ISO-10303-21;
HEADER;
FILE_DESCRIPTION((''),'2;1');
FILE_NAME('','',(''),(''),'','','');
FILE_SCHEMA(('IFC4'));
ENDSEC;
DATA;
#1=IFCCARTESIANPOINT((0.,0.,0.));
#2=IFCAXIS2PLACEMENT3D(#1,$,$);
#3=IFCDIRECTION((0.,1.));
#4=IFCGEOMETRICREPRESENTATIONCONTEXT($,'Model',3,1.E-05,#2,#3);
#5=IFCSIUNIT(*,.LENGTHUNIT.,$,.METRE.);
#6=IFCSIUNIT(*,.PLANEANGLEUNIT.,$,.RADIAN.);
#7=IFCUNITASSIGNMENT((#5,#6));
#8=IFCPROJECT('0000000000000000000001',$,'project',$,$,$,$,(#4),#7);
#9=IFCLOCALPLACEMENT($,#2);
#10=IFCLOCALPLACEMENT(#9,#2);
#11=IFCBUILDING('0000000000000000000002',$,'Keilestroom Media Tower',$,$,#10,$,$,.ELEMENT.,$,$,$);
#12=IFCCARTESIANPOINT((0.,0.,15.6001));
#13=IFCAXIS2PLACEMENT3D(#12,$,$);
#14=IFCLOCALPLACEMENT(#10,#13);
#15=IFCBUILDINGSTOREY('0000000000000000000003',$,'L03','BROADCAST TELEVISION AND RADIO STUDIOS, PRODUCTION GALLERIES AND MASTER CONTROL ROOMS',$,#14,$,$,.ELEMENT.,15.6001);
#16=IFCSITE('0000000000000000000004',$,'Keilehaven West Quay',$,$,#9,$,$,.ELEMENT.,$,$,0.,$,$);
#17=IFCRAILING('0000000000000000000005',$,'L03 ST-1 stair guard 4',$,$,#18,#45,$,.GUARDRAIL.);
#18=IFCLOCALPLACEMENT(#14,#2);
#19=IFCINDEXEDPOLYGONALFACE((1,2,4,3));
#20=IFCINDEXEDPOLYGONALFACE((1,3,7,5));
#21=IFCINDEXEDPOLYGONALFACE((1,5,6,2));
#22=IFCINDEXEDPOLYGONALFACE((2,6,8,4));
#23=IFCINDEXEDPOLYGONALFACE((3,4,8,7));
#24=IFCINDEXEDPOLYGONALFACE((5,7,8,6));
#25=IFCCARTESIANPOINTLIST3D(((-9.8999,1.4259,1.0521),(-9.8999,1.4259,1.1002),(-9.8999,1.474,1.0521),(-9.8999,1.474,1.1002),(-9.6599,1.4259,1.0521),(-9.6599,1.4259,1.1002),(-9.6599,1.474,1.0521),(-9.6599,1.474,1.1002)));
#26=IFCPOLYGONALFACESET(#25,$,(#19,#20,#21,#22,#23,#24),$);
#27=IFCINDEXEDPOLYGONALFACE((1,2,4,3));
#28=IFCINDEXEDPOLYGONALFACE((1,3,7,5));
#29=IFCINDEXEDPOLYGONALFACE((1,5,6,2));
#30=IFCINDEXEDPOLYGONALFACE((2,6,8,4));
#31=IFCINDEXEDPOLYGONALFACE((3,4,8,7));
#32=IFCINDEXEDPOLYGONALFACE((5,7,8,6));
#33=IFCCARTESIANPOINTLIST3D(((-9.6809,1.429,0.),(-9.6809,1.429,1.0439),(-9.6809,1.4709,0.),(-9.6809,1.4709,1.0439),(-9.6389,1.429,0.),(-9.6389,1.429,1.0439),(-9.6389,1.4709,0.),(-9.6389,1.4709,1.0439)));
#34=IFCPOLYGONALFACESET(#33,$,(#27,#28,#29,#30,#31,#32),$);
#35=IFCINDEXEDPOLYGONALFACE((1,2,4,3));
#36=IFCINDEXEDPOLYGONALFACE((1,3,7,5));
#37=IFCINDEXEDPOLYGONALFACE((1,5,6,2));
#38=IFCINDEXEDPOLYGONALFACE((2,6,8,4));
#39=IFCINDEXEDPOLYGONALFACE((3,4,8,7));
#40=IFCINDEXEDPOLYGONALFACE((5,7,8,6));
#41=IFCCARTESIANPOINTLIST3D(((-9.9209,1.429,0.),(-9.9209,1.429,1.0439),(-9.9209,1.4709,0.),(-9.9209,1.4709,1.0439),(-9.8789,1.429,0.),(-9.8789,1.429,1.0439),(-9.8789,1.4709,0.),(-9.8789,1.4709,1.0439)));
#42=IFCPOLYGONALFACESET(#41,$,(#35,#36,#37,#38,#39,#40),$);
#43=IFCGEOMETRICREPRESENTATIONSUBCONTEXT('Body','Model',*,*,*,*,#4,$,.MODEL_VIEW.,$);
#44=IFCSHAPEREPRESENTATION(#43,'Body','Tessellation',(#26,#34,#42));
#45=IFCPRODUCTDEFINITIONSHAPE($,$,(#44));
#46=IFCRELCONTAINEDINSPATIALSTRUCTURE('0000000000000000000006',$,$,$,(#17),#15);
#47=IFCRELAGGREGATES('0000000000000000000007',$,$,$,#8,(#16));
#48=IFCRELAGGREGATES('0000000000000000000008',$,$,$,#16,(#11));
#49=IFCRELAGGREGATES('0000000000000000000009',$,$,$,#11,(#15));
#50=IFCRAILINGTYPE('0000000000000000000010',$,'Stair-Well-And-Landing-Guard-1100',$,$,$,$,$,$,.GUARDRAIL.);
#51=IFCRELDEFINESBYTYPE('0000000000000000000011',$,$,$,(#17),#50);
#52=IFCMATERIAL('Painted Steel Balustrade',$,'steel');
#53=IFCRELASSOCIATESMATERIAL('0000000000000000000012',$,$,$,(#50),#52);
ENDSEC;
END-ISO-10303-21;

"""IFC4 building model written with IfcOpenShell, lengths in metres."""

from ifc_helpers import new_model, si_unit, direction, frame, origin, origin_2d, place, context, subcontext, project, spatial, rectangle, extrude, material, type_object, element, save


model = new_model("IFC4")

# Units and contexts
model_context = context("Model", 3, precision=1e-05, world=origin(), true_north=direction((0.0, 1.0)))
body_context = subcontext(model_context, "Body", "Model", "MODEL_VIEW")
ifc_project = project(units=[si_unit("LENGTHUNIT", "METRE"), si_unit("PLANEANGLEUNIT", "RADIAN")], contexts=[model_context])

# Site, building, storey
site_placement = place(None, origin())
site = spatial("IfcSite", under=ifc_project, at=site_placement, Name="Keilehaven West Quay", CompositionType="ELEMENT", RefElevation=0.0)
building_placement = place(site_placement, origin())
building = spatial("IfcBuilding", under=site, at=building_placement, Name="Keilestroom Media Tower", CompositionType="ELEMENT")
storey_placement = place(building_placement, frame((0.0, 0.0, 15.6001)))
storey = spatial("IfcBuildingStorey", under=building, at=storey_placement, Name="L03", Description="BROADCAST TELEVISION AND RADIO STUDIOS, PRODUCTION GALLERIES AND MASTER CONTROL ROOMS", CompositionType="ELEMENT", Elevation=15.6001)

# Railing
ifc_material_1 = material(Name="Painted Steel Balustrade", Category="steel")
railing_type_1 = type_object("IfcRailingType", Name="Stair-Well-And-Landing-Guard-1100", PredefinedType="GUARDRAIL", material=ifc_material_1)
railing_1_placement = place(storey_placement, frame((-9.6599, 1.45, 0.0)))
element("IfcRailing", 1, at=railing_1_placement, inside=storey, type_object=railing_type_1, Name="L03 ST-1 stair guard 4", PredefinedType="GUARDRAIL", context=body_context, shape_type="SweptSolid", body=[
    extrude(rectangle(XDim=0.0481, YDim=0.0481, at=origin_2d()), frame((0.0, 0.0, 1.0762), z_axis=(-1.0, 0.0, 0.0), x_axis=(0.0, -1.0, 0.0)), (0.0, 0.0, 1.0), 0.24),
    extrude(rectangle(XDim=0.042, YDim=0.042, at=origin_2d()), origin(), (0.0, 0.0, 1.0), 1.0439),
    extrude(rectangle(XDim=0.042, YDim=0.042, at=origin_2d()), frame((-0.24, 0.0, 0.0)), (0.0, 0.0, 1.0), 1.0439),
])

save(model, "model.ifc")
